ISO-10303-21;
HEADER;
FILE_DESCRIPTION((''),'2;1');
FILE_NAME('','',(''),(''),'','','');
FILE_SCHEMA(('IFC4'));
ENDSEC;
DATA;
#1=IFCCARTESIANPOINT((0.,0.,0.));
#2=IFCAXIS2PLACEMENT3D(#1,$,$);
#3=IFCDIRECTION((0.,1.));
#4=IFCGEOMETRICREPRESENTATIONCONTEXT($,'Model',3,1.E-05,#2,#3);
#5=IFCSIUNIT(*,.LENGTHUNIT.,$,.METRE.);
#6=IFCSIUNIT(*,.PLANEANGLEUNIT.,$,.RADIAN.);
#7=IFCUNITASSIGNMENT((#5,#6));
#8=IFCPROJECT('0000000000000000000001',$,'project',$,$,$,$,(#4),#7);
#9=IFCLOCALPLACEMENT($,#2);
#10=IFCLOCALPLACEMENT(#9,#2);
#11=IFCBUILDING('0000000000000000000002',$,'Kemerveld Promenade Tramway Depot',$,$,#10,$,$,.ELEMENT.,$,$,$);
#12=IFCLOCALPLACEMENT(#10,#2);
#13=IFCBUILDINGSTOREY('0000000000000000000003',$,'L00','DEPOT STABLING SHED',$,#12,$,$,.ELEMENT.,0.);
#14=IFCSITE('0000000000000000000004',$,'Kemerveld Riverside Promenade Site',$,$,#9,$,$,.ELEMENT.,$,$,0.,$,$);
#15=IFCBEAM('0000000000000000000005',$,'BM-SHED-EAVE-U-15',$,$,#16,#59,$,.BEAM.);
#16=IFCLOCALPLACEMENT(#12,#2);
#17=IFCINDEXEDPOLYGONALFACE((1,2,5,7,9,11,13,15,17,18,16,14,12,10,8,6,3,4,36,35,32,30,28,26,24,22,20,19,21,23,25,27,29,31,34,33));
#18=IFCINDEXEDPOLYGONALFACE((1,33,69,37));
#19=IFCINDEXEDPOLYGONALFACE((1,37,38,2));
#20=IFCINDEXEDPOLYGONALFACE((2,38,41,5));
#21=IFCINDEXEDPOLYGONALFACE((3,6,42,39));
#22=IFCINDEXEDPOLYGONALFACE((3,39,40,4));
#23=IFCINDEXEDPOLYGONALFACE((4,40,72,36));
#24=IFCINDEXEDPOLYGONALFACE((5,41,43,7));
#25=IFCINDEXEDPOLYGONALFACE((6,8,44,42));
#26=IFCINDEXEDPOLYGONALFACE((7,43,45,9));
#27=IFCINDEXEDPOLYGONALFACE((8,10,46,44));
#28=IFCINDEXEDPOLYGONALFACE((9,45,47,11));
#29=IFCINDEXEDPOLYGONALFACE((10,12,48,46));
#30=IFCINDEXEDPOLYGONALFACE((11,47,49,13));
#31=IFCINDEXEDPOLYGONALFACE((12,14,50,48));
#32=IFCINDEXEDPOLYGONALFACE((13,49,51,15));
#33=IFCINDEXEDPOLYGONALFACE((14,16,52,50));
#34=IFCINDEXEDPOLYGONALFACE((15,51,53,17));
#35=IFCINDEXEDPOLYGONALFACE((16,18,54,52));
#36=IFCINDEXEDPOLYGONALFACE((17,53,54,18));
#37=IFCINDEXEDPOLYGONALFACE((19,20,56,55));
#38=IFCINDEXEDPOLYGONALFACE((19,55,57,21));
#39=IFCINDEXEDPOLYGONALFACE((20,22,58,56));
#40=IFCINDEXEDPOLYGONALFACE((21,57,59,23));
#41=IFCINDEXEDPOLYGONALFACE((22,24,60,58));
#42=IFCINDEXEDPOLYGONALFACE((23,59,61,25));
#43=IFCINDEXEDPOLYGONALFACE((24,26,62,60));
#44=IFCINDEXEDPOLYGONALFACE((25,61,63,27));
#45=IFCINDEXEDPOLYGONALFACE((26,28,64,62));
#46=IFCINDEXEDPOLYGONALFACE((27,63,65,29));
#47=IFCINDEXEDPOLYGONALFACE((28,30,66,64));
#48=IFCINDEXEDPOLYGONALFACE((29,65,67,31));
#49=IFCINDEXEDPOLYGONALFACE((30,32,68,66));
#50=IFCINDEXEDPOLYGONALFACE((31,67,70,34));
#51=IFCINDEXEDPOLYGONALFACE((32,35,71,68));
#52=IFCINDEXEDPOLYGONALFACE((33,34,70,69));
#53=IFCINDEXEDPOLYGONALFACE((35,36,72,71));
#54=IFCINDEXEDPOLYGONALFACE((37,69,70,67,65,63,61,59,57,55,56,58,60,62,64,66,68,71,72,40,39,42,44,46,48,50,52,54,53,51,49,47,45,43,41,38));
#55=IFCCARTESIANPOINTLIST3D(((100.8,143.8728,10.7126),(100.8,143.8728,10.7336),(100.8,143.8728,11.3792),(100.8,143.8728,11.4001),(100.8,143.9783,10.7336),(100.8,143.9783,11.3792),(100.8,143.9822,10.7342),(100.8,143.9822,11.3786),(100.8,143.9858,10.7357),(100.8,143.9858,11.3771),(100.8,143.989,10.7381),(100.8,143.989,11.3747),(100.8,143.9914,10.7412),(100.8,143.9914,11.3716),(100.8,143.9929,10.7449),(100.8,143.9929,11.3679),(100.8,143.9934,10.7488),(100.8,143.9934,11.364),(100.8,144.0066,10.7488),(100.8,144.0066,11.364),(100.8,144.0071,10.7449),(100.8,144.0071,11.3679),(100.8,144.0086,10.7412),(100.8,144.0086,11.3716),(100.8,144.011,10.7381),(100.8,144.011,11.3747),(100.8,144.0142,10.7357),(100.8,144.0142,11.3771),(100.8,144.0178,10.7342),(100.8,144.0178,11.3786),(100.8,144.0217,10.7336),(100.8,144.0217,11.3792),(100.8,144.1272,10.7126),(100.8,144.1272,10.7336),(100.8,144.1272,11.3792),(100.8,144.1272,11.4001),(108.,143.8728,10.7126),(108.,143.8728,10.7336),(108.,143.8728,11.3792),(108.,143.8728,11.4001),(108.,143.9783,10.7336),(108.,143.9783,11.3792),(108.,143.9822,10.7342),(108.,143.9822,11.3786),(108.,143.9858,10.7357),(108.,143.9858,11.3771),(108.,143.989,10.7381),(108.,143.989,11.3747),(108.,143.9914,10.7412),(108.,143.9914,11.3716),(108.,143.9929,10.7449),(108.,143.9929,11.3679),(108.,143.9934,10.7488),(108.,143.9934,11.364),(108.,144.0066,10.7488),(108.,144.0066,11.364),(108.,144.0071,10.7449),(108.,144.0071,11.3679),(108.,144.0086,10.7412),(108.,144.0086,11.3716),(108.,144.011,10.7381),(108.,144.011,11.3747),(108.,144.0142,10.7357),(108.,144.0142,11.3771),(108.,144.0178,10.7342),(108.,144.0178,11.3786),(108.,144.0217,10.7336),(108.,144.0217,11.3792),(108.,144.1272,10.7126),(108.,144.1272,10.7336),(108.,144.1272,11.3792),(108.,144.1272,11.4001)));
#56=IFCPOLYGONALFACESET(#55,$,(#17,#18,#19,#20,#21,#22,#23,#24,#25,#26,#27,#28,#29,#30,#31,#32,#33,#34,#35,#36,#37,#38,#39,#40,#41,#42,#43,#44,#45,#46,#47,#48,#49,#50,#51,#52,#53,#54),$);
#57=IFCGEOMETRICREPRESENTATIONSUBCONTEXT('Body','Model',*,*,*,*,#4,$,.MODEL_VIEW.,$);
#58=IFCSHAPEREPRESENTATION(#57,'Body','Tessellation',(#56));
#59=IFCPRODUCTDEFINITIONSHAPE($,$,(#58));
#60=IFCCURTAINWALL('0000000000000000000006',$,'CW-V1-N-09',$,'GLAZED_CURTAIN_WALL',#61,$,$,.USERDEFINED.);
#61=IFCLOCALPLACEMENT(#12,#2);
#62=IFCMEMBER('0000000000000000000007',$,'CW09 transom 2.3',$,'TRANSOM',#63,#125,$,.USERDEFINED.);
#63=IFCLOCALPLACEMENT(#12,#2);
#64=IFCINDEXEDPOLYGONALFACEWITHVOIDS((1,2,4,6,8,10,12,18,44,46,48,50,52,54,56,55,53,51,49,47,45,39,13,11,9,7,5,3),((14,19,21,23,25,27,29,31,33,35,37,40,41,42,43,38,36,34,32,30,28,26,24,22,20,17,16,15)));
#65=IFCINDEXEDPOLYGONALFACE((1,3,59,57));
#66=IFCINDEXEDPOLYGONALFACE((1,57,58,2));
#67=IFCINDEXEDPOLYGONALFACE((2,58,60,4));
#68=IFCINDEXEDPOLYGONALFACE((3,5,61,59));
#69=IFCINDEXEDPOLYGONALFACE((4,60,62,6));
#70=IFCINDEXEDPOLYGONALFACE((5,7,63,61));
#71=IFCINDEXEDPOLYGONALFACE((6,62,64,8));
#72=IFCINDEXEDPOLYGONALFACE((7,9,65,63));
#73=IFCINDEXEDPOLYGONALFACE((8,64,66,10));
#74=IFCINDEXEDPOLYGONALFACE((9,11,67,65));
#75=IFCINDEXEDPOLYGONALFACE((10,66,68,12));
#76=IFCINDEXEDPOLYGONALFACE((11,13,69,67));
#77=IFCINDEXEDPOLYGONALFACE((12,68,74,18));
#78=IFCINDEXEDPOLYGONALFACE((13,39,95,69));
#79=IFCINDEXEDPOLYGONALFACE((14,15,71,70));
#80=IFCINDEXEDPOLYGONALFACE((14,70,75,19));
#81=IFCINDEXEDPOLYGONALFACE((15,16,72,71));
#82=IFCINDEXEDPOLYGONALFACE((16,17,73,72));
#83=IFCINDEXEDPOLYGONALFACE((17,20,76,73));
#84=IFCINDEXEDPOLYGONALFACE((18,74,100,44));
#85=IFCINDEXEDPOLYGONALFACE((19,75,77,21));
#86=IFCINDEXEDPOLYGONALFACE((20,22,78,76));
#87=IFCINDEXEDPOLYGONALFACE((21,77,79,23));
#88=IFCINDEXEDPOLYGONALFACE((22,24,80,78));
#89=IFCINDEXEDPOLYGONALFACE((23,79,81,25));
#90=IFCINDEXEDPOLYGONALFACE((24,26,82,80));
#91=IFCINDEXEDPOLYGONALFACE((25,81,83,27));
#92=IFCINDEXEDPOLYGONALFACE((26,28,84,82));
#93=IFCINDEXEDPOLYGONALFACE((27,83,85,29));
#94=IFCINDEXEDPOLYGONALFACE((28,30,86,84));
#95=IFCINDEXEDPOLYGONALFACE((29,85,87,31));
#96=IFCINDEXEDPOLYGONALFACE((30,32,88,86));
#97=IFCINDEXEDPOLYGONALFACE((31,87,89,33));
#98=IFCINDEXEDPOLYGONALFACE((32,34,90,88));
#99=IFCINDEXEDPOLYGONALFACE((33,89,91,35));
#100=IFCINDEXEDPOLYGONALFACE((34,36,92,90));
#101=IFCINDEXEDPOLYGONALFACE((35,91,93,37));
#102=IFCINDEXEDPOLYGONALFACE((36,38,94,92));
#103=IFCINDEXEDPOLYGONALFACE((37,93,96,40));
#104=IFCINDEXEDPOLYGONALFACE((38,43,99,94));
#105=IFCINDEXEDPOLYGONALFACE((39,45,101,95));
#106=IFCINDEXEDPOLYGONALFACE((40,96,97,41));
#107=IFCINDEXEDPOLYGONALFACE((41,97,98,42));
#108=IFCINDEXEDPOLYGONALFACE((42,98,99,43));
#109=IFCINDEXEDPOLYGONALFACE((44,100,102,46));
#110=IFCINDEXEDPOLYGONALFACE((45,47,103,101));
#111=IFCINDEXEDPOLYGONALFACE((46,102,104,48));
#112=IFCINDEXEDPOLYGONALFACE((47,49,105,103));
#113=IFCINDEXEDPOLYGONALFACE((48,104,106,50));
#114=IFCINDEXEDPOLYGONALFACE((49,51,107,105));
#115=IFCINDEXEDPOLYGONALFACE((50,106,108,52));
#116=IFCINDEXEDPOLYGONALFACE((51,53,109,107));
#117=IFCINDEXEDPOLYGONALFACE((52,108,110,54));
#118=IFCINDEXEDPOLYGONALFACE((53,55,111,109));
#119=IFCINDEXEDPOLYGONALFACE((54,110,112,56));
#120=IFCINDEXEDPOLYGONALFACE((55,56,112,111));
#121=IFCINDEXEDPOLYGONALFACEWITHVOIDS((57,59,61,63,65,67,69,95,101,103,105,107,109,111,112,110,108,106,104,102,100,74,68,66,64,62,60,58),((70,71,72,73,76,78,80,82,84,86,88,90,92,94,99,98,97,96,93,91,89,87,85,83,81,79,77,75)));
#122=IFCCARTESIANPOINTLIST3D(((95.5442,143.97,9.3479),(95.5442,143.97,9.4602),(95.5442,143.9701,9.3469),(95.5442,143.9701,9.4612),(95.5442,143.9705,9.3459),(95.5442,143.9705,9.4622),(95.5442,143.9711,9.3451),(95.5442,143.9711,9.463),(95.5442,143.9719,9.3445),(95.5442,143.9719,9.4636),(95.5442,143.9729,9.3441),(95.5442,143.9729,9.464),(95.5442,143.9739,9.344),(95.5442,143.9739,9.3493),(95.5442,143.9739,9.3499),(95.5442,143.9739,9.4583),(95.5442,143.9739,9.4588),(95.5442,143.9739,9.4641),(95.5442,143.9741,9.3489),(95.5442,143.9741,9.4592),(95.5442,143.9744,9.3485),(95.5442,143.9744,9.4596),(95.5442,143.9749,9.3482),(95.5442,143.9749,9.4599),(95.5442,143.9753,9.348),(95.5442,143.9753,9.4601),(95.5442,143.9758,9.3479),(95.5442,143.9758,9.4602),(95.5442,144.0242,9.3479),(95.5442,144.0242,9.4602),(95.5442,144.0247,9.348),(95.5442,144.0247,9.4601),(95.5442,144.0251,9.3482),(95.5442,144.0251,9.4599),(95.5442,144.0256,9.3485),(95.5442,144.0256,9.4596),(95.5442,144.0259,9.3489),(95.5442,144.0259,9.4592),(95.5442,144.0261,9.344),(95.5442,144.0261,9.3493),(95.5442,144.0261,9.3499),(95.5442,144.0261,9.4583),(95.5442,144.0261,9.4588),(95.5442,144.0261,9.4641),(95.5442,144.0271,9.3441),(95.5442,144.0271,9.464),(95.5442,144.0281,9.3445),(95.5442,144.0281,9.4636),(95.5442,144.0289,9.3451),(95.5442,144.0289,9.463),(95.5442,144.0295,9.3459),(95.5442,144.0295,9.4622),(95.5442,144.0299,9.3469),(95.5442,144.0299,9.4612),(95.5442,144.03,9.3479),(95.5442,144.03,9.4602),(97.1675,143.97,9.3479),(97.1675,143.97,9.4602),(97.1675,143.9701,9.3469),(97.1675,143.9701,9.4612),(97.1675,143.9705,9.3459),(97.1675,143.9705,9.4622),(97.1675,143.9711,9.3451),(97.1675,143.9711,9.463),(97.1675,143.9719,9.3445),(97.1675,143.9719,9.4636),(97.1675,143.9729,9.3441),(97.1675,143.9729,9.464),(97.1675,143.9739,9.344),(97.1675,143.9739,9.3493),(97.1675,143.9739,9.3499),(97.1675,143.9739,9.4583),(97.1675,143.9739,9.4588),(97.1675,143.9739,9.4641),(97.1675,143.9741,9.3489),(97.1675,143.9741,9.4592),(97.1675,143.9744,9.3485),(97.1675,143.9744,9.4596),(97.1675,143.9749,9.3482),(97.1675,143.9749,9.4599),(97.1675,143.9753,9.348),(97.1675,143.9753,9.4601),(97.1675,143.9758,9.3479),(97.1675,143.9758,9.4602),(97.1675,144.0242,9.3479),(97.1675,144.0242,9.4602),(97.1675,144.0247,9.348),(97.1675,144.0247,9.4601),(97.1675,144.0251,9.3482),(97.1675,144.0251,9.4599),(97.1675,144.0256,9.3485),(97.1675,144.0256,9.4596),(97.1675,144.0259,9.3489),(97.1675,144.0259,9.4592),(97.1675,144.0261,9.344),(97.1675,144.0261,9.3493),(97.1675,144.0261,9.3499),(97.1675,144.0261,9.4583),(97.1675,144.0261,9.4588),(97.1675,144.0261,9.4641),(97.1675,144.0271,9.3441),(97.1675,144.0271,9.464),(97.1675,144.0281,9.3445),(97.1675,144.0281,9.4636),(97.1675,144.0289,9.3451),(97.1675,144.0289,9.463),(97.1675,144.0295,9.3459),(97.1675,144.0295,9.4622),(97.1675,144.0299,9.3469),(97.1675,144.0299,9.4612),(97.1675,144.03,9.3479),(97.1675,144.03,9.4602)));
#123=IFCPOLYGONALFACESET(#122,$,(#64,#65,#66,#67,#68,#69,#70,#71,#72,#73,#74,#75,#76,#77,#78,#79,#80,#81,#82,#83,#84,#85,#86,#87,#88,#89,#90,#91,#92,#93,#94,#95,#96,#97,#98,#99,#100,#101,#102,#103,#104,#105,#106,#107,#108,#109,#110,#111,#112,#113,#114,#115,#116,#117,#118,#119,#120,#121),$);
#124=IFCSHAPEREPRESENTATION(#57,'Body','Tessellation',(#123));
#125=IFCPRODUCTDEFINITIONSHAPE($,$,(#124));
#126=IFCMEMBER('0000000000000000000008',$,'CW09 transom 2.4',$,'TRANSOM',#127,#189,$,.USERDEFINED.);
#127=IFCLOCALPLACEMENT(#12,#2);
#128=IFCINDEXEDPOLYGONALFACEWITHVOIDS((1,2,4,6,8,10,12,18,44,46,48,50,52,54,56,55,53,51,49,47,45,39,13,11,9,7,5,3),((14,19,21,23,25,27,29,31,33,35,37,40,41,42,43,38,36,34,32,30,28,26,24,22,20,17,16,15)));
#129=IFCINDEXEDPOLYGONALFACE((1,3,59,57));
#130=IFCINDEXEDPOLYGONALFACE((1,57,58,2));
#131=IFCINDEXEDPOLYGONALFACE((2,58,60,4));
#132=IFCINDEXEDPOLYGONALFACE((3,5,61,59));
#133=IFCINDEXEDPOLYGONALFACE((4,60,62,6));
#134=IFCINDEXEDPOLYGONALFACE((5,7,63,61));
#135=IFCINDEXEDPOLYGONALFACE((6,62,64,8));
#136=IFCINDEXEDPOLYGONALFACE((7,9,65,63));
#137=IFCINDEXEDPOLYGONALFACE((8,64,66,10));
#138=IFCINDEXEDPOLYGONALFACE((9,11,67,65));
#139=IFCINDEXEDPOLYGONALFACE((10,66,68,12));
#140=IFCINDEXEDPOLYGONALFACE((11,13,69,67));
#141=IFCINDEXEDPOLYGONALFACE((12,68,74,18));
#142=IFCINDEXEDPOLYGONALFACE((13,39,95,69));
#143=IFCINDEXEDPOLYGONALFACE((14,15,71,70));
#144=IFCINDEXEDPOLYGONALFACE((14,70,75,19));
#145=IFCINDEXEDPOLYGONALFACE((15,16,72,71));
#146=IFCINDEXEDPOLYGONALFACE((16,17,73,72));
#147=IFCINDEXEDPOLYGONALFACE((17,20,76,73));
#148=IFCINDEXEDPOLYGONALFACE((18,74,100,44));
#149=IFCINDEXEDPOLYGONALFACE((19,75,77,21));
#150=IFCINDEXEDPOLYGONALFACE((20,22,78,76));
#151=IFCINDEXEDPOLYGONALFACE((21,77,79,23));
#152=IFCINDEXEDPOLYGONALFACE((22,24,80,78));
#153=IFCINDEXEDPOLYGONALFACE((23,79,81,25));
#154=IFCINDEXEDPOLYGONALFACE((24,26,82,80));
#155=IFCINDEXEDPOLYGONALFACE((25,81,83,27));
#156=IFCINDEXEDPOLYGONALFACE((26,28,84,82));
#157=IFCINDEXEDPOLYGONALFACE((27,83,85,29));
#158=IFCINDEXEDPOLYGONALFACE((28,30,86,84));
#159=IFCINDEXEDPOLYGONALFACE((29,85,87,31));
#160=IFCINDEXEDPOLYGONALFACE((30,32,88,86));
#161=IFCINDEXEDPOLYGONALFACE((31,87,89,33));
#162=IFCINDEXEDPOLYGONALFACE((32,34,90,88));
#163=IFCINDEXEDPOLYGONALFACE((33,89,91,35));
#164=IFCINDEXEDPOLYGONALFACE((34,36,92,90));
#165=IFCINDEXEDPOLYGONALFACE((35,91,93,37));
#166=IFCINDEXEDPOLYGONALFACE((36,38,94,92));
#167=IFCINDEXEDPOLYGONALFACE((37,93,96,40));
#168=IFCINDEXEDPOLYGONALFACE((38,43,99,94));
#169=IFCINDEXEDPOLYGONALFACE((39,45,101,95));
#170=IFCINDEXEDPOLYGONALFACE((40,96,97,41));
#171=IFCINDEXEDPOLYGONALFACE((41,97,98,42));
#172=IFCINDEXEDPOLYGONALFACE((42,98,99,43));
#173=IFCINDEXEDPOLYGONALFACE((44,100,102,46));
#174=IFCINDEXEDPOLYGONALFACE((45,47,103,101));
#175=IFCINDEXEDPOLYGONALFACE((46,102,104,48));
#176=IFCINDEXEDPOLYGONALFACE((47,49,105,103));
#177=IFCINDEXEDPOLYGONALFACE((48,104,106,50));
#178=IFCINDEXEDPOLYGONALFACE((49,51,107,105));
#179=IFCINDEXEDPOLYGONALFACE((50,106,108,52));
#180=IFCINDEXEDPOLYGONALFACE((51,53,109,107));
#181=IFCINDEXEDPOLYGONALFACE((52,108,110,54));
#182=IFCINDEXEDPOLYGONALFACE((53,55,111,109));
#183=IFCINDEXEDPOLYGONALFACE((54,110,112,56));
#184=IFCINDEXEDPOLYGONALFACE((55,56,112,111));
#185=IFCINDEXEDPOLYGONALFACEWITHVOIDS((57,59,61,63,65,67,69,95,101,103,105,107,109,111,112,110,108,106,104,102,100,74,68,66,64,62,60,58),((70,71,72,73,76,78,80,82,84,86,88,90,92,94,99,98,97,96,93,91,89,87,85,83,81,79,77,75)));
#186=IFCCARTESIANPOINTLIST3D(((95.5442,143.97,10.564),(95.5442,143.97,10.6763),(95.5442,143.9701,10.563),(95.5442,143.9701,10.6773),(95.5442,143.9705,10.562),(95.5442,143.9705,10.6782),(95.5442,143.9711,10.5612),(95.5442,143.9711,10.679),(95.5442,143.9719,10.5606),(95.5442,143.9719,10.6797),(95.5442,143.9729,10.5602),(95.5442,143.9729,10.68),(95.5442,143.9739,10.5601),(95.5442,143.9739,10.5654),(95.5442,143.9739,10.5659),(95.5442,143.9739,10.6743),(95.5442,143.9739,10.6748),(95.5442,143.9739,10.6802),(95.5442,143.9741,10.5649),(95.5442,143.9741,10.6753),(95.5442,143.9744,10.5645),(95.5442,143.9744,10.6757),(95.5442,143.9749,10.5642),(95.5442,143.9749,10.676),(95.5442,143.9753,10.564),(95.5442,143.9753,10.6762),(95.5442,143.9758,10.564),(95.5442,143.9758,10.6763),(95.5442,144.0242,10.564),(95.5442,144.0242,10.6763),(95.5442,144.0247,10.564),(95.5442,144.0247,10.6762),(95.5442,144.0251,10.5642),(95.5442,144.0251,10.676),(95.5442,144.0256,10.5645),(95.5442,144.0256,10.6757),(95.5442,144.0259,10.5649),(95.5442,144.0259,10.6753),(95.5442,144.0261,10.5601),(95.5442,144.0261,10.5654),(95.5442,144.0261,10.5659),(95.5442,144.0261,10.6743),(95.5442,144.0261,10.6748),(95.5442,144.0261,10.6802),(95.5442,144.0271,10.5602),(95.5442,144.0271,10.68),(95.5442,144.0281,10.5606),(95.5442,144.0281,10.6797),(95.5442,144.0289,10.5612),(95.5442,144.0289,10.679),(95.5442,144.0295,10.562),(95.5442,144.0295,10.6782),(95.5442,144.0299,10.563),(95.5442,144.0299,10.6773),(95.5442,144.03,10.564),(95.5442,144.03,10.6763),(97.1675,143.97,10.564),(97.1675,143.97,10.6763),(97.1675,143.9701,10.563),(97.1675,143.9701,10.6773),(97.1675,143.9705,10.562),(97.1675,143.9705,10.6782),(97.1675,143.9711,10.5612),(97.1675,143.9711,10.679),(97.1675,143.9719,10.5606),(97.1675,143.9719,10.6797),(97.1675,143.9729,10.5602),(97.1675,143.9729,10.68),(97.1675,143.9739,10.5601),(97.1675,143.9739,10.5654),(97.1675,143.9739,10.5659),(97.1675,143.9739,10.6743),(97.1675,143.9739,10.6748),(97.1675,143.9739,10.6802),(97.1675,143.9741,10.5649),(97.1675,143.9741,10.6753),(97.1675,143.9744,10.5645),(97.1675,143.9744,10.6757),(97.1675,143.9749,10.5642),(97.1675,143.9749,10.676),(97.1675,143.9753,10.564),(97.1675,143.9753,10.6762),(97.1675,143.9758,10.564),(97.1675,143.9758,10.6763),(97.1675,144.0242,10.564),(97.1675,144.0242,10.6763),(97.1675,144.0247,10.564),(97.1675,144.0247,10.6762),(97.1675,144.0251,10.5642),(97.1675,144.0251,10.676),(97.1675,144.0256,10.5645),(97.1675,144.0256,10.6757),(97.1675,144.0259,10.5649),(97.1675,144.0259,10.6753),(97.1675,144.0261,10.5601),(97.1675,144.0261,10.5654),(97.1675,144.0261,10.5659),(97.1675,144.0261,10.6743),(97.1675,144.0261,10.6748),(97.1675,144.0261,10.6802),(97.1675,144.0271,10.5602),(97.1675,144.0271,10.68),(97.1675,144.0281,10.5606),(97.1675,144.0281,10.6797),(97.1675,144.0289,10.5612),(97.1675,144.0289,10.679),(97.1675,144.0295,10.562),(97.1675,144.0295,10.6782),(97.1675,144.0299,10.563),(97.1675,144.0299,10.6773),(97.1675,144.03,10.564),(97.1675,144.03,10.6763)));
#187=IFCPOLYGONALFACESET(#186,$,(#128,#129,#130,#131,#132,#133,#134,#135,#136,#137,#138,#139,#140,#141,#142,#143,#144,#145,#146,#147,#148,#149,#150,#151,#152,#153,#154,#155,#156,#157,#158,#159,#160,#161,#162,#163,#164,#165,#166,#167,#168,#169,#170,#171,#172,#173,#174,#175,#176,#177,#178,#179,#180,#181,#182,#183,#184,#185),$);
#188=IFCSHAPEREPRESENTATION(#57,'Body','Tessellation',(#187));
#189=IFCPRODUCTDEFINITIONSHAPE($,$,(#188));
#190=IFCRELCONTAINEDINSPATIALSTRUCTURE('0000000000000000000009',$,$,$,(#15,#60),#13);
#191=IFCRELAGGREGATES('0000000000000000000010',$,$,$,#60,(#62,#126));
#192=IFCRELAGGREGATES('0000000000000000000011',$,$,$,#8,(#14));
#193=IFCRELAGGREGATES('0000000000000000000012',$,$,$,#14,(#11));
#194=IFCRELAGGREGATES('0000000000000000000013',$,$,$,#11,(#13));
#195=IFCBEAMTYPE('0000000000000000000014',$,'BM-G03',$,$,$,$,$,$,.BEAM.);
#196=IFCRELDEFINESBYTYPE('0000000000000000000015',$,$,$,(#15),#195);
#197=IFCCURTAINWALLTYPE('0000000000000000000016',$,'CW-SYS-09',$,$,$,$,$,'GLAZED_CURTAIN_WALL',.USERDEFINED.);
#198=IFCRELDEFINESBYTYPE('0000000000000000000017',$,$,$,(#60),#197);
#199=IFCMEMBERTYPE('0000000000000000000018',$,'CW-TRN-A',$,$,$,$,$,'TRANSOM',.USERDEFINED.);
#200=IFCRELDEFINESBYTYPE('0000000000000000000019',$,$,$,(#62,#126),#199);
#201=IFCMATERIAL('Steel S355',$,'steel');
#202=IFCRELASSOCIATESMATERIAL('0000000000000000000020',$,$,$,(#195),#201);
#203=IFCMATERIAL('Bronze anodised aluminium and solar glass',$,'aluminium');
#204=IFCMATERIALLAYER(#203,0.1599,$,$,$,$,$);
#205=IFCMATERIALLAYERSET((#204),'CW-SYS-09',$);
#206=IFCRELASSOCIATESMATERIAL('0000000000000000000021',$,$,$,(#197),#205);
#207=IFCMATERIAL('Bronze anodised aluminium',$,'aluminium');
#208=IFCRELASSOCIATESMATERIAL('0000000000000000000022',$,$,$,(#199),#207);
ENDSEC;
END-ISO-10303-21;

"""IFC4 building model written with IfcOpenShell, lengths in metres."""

from ifc_helpers import new_model, si_unit, direction, frame, origin, origin_2d, place, context, subcontext, project, spatial, hollow_rectangle, i_section, extrude, material, layer, layer_set, material_profile, profile_set, type_object, element, aggregate, save


model = new_model("IFC4")

# Units and contexts
model_context = context("Model", 3, precision=1e-05, world=origin(), true_north=direction((0.0, 1.0)))
body_context = subcontext(model_context, "Body", "Model", "MODEL_VIEW")
ifc_project = project(units=[si_unit("LENGTHUNIT", "METRE"), si_unit("PLANEANGLEUNIT", "RADIAN")], contexts=[model_context])

# Site, building, storey
site_placement = place(None, origin())
site = spatial("IfcSite", under=ifc_project, at=site_placement, Name="Kemerveld Riverside Promenade Site", CompositionType="ELEMENT", RefElevation=0.0)
building_placement = place(site_placement, origin())
building = spatial("IfcBuilding", under=site, at=building_placement, Name="Kemerveld Promenade Tramway Depot", CompositionType="ELEMENT")
storey_placement = place(building_placement, origin())
storey = spatial("IfcBuildingStorey", under=building, at=storey_placement, Name="L00", Description="DEPOT STABLING SHED", CompositionType="ELEMENT", Elevation=0.0)

# Beam
ifc_material_1 = material(Name="Steel S355", Category="steel")
ifc_material_profile_1 = material_profile(ifc_material_1, i_section(OverallWidth=0.2544, OverallDepth=0.6875, WebThickness=0.0132, FlangeThickness=0.021, FilletRadius=0.0151, at=origin_2d()), Name="686x254x152 UB")
ifc_profile_set_1 = profile_set([ifc_material_profile_1], Name="Steel S355")
beam_type = type_object("IfcBeamType", Name="BM-G03", PredefinedType="BEAM", material=ifc_profile_set_1)
beam_placement = place(storey_placement, frame((100.8, 144.0, 11.0564), z_axis=(1.0, 0.0, 0.0), x_axis=(0.0, 1.0, 0.0)))
element("IfcBeam", 1, at=beam_placement, inside=storey, type_object=beam_type, Name="BM-SHED-EAVE-U-15", PredefinedType="BEAM", context=body_context, shape_type="SweptSolid", body=[
    extrude(i_section(OverallWidth=0.2544, OverallDepth=0.6875, WebThickness=0.0132, FlangeThickness=0.021, FilletRadius=0.0151, at=origin_2d()), origin(), (0.0, 0.0, 1.0), 7.2),
])

# Curtain wall, members
ifc_material_2 = material(Name="Bronze anodised aluminium and solar glass", Category="aluminium")
ifc_layer_1 = layer(ifc_material_2, 0.1599)
ifc_layer_set_1 = layer_set([ifc_layer_1], Name="CW-SYS-09")
curtain_wall_type_1 = type_object("IfcCurtainWallType", Name="CW-SYS-09", ElementType="GLAZED_CURTAIN_WALL", PredefinedType="USERDEFINED", material=ifc_layer_set_1)
curtain_wall_1_placement = place(storey_placement, origin())
curtain_wall_1 = element("IfcCurtainWall", 2, at=curtain_wall_1_placement, inside=storey, type_object=curtain_wall_type_1, Name="CW-V1-N-09", ObjectType="GLAZED_CURTAIN_WALL", PredefinedType="USERDEFINED")
ifc_material_3 = material(Name="Bronze anodised aluminium", Category="aluminium")
ifc_material_profile_2 = material_profile(ifc_material_3, hollow_rectangle(XDim=0.0601, YDim=0.1201, WallThickness=0.0039, InnerFilletRadius=0.002, OuterFilletRadius=0.0039, at=origin_2d()), Name="CW-TRN-120x60")
ifc_profile_set_2 = profile_set([ifc_material_profile_2], Name="Bronze anodised aluminium")
member_type_1 = type_object("IfcMemberType", Name="CW-TRN-A", ElementType="TRANSOM", PredefinedType="USERDEFINED", material=ifc_profile_set_2)
member_1_placement = place(storey_placement, frame((95.5442, 144.0, 9.4041), z_axis=(1.0, 0.0, 0.0), x_axis=(0.0, 1.0, 0.0)))
member_1 = element("IfcMember", 3, at=member_1_placement, type_object=member_type_1, Name="CW09 transom 2.3", ObjectType="TRANSOM", PredefinedType="USERDEFINED", context=body_context, shape_type="SweptSolid", body=[
    extrude(hollow_rectangle(XDim=0.0601, YDim=0.1201, WallThickness=0.0039, InnerFilletRadius=0.002, OuterFilletRadius=0.0039, at=origin_2d()), origin(), (0.0, 0.0, 1.0), 1.6233),
])
member_2_placement = place(storey_placement, frame((95.5442, 144.0, 10.6201), z_axis=(1.0, 0.0, 0.0), x_axis=(0.0, 1.0, 0.0)))
member_2 = element("IfcMember", 4, at=member_2_placement, type_object=member_type_1, Name="CW09 transom 2.4", ObjectType="TRANSOM", PredefinedType="USERDEFINED", context=body_context, shape_type="SweptSolid", body=[
    extrude(hollow_rectangle(XDim=0.0601, YDim=0.1201, WallThickness=0.0039, InnerFilletRadius=0.002, OuterFilletRadius=0.0039, at=origin_2d()), origin(), (0.0, 0.0, 1.0), 1.6233),
])

aggregate(curtain_wall_1, [member_1, member_2])

save(model, "model.ifc")
